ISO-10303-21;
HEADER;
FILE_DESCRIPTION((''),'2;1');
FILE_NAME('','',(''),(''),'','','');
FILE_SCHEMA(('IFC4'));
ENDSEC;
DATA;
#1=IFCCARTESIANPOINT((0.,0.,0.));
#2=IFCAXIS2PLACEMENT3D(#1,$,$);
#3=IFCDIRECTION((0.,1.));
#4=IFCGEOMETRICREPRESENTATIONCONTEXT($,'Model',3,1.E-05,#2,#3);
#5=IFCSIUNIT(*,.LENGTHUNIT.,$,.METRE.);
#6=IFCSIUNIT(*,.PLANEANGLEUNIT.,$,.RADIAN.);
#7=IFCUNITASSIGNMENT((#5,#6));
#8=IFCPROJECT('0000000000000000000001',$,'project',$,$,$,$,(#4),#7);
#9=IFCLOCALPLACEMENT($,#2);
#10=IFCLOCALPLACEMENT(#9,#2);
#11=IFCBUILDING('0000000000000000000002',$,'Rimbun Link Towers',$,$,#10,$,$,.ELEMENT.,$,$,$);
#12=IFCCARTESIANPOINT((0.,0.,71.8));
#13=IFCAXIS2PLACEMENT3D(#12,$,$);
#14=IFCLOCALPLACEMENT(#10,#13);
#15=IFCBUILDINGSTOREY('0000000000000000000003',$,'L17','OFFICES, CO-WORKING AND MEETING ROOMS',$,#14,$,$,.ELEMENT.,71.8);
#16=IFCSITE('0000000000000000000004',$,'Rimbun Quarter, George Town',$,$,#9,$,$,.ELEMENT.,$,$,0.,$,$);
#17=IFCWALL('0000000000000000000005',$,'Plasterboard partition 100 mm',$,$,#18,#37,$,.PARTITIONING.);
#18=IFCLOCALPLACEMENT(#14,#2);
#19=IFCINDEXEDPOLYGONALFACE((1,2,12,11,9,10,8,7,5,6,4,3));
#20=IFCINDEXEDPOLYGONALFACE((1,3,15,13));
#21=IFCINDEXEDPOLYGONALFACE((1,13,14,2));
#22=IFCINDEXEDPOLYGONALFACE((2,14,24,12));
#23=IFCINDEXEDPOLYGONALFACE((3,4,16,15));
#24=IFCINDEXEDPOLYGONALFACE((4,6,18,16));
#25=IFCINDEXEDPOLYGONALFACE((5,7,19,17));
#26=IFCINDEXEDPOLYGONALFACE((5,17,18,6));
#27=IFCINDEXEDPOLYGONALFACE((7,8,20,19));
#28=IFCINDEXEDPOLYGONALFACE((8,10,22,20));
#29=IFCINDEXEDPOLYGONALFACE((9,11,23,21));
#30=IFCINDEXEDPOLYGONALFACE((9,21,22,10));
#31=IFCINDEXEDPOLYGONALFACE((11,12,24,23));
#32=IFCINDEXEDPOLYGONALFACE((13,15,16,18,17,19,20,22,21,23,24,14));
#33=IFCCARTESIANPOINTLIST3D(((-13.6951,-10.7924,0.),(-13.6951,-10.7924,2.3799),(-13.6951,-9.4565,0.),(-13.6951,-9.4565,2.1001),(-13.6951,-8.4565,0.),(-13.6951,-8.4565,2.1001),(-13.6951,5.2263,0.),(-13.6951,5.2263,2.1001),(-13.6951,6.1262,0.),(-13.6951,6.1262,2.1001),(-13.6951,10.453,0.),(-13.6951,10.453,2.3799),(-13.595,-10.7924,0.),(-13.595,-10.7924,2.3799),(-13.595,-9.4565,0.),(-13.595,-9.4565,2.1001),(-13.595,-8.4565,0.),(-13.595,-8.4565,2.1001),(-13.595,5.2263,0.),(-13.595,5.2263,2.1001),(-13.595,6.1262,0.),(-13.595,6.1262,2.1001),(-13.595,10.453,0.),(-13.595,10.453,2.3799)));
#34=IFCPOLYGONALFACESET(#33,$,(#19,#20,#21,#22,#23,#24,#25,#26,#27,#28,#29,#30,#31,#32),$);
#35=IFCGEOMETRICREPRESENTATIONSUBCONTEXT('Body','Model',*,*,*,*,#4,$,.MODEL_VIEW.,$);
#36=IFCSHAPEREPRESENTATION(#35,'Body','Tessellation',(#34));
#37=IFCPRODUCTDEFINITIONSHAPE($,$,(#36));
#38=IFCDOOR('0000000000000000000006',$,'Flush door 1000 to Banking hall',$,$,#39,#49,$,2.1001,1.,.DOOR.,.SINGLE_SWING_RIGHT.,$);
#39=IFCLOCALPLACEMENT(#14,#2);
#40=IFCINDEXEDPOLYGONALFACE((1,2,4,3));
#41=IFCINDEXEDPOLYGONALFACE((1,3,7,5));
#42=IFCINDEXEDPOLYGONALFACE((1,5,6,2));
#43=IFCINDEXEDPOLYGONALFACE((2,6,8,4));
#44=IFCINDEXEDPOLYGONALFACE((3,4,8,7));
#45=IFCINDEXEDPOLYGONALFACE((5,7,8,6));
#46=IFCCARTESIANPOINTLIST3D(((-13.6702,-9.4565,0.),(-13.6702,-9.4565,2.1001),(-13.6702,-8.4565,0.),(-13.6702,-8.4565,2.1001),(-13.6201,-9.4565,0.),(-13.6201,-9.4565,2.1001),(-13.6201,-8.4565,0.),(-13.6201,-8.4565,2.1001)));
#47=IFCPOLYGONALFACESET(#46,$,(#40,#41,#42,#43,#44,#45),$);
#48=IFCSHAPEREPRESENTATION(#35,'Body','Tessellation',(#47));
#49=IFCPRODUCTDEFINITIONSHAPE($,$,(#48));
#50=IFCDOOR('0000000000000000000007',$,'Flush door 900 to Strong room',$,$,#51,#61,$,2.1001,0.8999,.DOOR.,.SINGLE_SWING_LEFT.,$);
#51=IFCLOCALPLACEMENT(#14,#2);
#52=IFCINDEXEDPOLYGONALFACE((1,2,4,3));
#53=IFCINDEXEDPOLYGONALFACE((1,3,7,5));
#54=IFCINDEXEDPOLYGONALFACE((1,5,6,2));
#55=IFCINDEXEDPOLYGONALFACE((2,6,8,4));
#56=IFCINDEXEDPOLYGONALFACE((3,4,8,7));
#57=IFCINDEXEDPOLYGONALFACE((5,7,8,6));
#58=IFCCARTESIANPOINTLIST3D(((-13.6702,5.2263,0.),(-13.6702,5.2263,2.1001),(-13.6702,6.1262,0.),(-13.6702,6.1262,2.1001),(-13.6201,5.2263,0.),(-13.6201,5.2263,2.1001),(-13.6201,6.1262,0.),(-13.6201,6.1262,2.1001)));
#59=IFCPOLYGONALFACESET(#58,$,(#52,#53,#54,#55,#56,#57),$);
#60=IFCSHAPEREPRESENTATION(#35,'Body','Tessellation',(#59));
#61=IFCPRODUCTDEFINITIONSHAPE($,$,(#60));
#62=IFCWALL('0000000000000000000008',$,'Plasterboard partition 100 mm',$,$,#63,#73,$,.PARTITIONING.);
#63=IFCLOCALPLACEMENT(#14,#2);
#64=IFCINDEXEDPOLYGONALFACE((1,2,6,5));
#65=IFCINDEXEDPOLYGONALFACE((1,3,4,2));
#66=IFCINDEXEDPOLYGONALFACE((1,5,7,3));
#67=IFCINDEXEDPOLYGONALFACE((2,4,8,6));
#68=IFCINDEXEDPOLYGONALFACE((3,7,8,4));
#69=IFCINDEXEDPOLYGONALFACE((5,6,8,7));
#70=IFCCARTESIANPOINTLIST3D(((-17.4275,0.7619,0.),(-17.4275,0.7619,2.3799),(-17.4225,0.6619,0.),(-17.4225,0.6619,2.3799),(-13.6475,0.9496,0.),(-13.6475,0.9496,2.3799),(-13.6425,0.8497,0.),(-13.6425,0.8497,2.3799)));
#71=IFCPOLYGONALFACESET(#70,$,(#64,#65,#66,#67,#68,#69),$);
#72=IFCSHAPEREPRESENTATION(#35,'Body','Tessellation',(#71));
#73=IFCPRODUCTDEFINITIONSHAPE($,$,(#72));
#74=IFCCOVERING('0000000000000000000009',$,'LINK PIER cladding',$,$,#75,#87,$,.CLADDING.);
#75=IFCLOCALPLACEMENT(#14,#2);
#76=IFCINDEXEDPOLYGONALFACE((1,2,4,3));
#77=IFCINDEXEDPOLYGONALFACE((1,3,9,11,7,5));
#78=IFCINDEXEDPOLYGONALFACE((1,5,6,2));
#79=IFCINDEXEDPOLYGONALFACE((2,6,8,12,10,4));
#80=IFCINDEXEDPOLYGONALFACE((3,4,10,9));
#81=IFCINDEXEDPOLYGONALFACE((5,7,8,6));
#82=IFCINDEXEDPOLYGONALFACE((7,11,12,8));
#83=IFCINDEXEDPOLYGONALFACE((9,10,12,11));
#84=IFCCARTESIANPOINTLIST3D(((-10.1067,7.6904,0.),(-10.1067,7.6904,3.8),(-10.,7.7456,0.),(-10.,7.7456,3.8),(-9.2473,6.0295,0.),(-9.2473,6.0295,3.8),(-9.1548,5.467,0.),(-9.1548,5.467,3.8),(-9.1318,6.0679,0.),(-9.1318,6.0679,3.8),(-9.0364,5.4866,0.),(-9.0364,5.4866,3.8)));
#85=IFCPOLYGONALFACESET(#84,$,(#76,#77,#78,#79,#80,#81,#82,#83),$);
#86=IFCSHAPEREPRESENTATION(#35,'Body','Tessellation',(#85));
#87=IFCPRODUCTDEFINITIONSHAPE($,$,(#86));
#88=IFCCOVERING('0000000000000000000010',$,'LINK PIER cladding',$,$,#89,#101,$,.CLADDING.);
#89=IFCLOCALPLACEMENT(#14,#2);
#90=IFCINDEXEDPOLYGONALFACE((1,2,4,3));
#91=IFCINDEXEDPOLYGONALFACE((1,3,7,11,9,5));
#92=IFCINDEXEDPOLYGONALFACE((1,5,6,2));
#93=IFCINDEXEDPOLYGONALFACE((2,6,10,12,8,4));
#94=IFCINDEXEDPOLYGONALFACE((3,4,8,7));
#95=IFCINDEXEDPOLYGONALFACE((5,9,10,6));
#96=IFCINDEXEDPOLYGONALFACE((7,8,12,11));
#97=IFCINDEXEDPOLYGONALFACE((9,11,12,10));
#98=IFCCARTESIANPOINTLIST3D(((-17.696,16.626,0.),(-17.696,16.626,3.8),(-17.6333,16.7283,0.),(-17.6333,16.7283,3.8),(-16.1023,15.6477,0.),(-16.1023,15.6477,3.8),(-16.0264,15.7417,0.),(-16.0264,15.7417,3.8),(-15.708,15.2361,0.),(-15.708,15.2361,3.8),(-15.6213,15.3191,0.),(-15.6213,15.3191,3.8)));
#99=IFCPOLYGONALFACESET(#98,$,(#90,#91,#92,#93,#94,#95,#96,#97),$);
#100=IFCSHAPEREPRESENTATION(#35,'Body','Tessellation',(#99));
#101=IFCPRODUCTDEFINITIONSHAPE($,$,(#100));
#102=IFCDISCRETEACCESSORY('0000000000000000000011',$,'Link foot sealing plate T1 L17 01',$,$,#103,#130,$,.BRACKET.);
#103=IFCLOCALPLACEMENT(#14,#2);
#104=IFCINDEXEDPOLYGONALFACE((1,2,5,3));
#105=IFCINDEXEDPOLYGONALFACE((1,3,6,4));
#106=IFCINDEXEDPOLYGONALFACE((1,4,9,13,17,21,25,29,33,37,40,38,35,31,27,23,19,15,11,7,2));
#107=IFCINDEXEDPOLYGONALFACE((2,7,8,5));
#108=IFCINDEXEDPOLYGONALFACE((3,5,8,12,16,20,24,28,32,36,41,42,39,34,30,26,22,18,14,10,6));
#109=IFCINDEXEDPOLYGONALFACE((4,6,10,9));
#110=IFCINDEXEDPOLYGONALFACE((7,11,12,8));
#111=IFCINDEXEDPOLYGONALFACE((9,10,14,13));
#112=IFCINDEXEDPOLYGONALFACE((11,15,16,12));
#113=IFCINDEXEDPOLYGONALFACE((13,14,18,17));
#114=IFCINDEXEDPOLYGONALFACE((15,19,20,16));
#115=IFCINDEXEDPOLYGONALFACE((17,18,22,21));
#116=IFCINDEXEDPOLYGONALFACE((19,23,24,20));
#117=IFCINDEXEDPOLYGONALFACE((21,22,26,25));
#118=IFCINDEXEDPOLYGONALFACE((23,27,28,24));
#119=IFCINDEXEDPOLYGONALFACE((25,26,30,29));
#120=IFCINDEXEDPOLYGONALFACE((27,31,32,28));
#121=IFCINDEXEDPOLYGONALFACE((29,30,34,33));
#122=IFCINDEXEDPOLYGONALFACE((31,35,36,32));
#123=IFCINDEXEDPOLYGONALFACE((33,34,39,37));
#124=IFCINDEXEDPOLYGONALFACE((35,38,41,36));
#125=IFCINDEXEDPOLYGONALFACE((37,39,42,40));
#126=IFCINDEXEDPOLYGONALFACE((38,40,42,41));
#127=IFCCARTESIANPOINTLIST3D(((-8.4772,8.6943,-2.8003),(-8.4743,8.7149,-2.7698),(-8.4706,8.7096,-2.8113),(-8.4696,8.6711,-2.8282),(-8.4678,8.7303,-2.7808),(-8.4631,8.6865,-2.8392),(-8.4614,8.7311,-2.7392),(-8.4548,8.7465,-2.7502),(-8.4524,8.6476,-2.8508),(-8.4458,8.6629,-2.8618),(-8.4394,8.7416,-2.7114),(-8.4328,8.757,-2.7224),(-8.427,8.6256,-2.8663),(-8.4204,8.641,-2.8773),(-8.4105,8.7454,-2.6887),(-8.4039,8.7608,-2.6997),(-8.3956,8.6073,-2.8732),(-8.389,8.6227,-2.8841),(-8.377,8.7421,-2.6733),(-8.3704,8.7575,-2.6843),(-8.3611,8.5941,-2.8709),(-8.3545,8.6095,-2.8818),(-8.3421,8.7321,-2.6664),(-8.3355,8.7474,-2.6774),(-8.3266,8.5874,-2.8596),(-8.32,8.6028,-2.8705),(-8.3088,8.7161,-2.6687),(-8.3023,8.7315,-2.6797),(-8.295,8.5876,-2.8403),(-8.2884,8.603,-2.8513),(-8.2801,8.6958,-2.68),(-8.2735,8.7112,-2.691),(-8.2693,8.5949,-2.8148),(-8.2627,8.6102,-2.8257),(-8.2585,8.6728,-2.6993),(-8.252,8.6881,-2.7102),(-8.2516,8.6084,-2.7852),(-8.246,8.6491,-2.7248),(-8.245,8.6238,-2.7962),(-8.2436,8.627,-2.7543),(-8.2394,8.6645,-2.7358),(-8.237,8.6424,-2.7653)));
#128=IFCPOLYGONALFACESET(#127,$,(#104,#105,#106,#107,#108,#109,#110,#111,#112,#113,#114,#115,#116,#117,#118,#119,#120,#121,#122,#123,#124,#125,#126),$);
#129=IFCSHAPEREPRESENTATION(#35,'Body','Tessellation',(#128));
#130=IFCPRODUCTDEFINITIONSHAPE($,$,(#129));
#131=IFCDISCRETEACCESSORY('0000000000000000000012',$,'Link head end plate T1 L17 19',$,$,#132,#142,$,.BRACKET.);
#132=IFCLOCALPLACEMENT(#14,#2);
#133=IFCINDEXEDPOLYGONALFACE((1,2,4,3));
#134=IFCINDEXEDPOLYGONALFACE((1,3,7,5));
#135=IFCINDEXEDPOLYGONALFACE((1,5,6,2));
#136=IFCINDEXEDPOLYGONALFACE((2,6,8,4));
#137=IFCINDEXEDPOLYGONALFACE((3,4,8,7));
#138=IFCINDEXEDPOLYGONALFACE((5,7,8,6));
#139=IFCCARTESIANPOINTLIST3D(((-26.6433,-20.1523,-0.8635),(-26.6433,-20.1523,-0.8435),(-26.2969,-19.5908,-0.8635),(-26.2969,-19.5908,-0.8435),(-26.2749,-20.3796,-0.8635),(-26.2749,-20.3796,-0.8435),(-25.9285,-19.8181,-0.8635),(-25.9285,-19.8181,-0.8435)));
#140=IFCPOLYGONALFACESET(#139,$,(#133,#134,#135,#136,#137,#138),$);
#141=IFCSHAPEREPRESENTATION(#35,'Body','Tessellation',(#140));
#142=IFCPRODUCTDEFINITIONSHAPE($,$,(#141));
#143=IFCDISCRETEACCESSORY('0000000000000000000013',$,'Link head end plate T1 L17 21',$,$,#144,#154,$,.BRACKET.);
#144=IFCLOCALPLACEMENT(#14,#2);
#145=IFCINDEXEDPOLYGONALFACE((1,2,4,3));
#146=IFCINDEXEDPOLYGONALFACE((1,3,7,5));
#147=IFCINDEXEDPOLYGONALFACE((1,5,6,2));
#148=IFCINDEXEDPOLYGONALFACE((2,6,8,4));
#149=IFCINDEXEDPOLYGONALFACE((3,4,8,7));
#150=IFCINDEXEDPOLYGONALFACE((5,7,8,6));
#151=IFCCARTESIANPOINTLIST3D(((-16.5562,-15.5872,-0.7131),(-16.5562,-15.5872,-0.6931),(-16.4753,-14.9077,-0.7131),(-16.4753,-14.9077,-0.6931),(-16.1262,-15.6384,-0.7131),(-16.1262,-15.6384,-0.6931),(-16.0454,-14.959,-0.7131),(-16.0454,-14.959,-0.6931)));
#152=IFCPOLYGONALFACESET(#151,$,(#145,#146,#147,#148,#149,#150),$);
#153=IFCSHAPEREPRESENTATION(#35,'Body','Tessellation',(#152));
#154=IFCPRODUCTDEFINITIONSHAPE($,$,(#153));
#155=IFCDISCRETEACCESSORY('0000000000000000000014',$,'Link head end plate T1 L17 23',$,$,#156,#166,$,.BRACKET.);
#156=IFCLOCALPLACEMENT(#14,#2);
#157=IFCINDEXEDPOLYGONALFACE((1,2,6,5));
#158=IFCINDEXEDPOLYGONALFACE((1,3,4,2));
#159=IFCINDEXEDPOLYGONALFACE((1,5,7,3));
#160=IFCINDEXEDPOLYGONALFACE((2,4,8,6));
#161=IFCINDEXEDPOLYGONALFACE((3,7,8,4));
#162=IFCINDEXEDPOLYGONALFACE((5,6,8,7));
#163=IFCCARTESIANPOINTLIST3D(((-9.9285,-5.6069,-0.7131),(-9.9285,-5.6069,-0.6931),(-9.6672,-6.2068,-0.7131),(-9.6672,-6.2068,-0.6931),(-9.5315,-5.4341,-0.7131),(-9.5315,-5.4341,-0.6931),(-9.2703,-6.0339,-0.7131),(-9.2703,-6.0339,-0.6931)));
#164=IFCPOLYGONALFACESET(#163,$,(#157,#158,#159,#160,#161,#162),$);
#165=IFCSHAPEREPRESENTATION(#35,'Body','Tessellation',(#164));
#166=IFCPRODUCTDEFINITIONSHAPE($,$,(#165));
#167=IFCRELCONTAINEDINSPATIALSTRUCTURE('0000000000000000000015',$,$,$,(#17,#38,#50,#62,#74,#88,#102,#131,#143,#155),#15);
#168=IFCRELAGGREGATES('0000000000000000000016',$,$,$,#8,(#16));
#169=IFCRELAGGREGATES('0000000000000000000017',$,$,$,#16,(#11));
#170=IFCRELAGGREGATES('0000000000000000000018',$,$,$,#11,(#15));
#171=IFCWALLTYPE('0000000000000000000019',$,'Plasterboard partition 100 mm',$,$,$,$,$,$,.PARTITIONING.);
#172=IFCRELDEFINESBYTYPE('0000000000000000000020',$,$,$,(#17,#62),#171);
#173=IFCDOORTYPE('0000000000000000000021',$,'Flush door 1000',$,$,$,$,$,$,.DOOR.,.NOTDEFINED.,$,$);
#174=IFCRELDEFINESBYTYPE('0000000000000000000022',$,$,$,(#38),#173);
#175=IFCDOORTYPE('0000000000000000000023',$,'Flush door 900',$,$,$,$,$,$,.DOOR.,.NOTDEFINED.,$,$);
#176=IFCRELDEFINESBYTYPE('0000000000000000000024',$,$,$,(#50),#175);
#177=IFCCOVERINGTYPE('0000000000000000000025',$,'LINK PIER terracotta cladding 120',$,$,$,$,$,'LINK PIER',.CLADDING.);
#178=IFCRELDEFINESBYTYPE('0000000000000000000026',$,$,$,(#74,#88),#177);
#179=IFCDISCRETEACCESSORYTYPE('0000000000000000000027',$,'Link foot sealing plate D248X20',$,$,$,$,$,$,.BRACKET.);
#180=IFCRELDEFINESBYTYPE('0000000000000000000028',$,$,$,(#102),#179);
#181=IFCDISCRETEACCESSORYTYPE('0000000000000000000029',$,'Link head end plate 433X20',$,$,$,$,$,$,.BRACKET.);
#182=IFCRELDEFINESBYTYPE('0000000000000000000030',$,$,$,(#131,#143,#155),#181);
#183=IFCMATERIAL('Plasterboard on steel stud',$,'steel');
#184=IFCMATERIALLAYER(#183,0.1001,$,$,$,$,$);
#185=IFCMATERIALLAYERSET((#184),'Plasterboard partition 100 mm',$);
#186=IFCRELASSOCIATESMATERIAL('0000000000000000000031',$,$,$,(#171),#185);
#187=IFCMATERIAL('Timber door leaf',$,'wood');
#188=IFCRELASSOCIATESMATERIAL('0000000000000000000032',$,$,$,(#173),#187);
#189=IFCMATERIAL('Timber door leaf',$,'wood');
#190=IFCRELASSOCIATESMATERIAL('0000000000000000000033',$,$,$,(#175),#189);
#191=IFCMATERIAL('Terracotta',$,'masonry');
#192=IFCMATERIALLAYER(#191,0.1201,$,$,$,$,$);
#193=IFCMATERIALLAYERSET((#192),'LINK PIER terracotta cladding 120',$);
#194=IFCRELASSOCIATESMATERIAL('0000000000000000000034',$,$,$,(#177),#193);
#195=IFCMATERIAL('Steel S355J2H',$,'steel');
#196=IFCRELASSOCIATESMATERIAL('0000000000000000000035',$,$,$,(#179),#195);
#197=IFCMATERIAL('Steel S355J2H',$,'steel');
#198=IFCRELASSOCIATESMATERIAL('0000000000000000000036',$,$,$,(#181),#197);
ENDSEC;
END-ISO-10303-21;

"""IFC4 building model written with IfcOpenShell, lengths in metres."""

from ifc_helpers import new_model, si_unit, direction, frame, frame_2d, origin, origin_2d, place, context, subcontext, project, spatial, polyline, rectangle, circle, outline, extrude, material, layer, layer_set, material_profile, profile_set, type_object, element, fill, save


model = new_model("IFC4")

# Units and contexts
model_context = context("Model", 3, precision=1e-05, world=origin(), true_north=direction((0.0, 1.0)))
body_context = subcontext(model_context, "Body", "Model", "MODEL_VIEW")
ifc_project = project(units=[si_unit("LENGTHUNIT", "METRE"), si_unit("PLANEANGLEUNIT", "RADIAN")], contexts=[model_context])

# Site, building, storey
site_placement = place(None, origin())
site = spatial("IfcSite", under=ifc_project, at=site_placement, Name="Rimbun Quarter, George Town", CompositionType="ELEMENT", RefElevation=0.0)
building_placement = place(site_placement, origin())
building = spatial("IfcBuilding", under=site, at=building_placement, Name="Rimbun Link Towers", CompositionType="ELEMENT")
storey_placement = place(building_placement, frame((0.0, 0.0, 71.8)))
storey = spatial("IfcBuildingStorey", under=building, at=storey_placement, Name="L17", Description="OFFICES, CO-WORKING AND MEETING ROOMS", CompositionType="ELEMENT", Elevation=71.8)

# Wall, openings, doors
ifc_material_1 = material(Name="Plasterboard on steel stud", Category="steel")
ifc_layer_1 = layer(ifc_material_1, 0.1001)
ifc_layer_set_1 = layer_set([ifc_layer_1], Name="Plasterboard partition 100 mm")
wall_type = type_object("IfcWallType", Name="Plasterboard partition 100 mm", PredefinedType="PARTITIONING", material=ifc_layer_set_1)
wall_1_placement = place(storey_placement, frame((-13.645, 10.4529, 0.0), z_axis=(0.0, 0.0, 1.0), x_axis=(0.0, -1.0, 0.0)))
wall_1 = element("IfcWall", 1, at=wall_1_placement, inside=storey, type_object=wall_type, Name="Plasterboard partition 100 mm", PredefinedType="PARTITIONING", context=body_context, shape_type="SweptSolid", body=[
    extrude(rectangle(XDim=21.2454, YDim=0.1001, at=frame_2d((10.6226, 0.0))), origin(), (0.0, 0.0, 1.0), 2.3799),
])
opening_1_placement = place(wall_1_placement, frame((18.9094, 0.0, 0.0)))
opening_1 = element("IfcOpeningElement", 2, at=opening_1_placement, cuts=wall_1, PredefinedType="OPENING", context=body_context, shape_type="SweptSolid", body=[
    extrude(rectangle(XDim=1.0, YDim=2.1001, at=frame_2d((0.5, 1.05))), frame((0.0, 0.0601, 0.0), z_axis=(0.0, -1.0, 0.0), x_axis=(1.0, 0.0, 0.0)), (0.0, 0.0, 1.0), 0.1201),
])
opening_2_placement = place(wall_1_placement, frame((4.3267, 0.0, 0.0)))
opening_2 = element("IfcOpeningElement", 3, at=opening_2_placement, cuts=wall_1, PredefinedType="OPENING", context=body_context, shape_type="SweptSolid", body=[
    extrude(rectangle(XDim=0.8999, YDim=2.1001, at=frame_2d((0.45, 1.05))), frame((0.0, 0.0601, 0.0), z_axis=(0.0, -1.0, 0.0), x_axis=(1.0, 0.0, 0.0)), (0.0, 0.0, 1.0), 0.1201),
])
ifc_material_2 = material(Name="Timber door leaf", Category="wood")
door_type_1 = type_object("IfcDoorType", Name="Flush door 1000", OperationType="NOTDEFINED", PredefinedType="DOOR", material=ifc_material_2)
door_1_placement = place(opening_1_placement, origin())
door_1 = element("IfcDoor", 4, at=door_1_placement, inside=storey, type_object=door_type_1, Name="Flush door 1000 to Banking hall", OperationType="SINGLE_SWING_RIGHT", OverallHeight=2.1001, OverallWidth=1.0, PredefinedType="DOOR", context=body_context, shape_type="SweptSolid", body=[
    extrude(rectangle(XDim=1.0, YDim=2.1001, at=frame_2d((0.5, 1.05))), frame((0.0, 0.0249, 0.0), z_axis=(0.0, -1.0, 0.0), x_axis=(1.0, 0.0, 0.0)), (0.0, 0.0, 1.0), 0.05),
])
fill(opening_1, door_1)
ifc_material_3 = material(Name="Timber door leaf", Category="wood")
door_type_2 = type_object("IfcDoorType", Name="Flush door 900", OperationType="NOTDEFINED", PredefinedType="DOOR", material=ifc_material_3)
door_2_placement = place(opening_2_placement, origin())
door_2 = element("IfcDoor", 5, at=door_2_placement, inside=storey, type_object=door_type_2, Name="Flush door 900 to Strong room", OperationType="SINGLE_SWING_LEFT", OverallHeight=2.1001, OverallWidth=0.8999, PredefinedType="DOOR", context=body_context, shape_type="SweptSolid", body=[
    extrude(rectangle(XDim=0.8999, YDim=2.1001, at=frame_2d((0.45, 1.05))), frame((0.0, 0.0249, 0.0), z_axis=(0.0, -1.0, 0.0), x_axis=(1.0, 0.0, 0.0)), (0.0, 0.0, 1.0), 0.05),
])
fill(opening_2, door_2)

# Wall
wall_2_placement = place(storey_placement, frame((-13.645, 0.8997, 0.0), z_axis=(0.0, 0.0, 1.0), x_axis=(-0.998769, -0.049606, 0.0)))
element("IfcWall", 6, at=wall_2_placement, inside=storey, type_object=wall_type, Name="Plasterboard partition 100 mm", PredefinedType="PARTITIONING", context=body_context, shape_type="SweptSolid", body=[
    extrude(rectangle(XDim=3.7847, YDim=0.1001, at=frame_2d((1.8923, 0.0))), origin(), (0.0, 0.0, 1.0), 2.3799),
])

# Coverings
ifc_material_4 = material(Name="Terracotta", Category="masonry")
ifc_layer_2 = layer(ifc_material_4, 0.1201)
ifc_layer_set_2 = layer_set([ifc_layer_2], Name="LINK PIER terracotta cladding 120")
covering_type_1 = type_object("IfcCoveringType", Name="LINK PIER terracotta cladding 120", ElementType="LINK PIER", PredefinedType="CLADDING", material=ifc_layer_set_2)
covering_1_placement = place(storey_placement, origin())
element("IfcCovering", 7, at=covering_1_placement, inside=storey, type_object=covering_type_1, Name="LINK PIER cladding", PredefinedType="CLADDING", context=body_context, shape_type="SweptSolid", body=[
    extrude(outline(polyline([(-10.1067, 7.6904), (-9.2473, 6.0295), (-9.1548, 5.467), (-9.0364, 5.4866), (-9.1318, 6.0679), (-10.0, 7.7456), (-10.1067, 7.6904)])), origin(), (0.0, 0.0, 1.0), 3.8),
])
covering_2_placement = place(storey_placement, origin())
element("IfcCovering", 8, at=covering_2_placement, inside=storey, type_object=covering_type_1, Name="LINK PIER cladding", PredefinedType="CLADDING", context=body_context, shape_type="SweptSolid", body=[
    extrude(outline(polyline([(-17.696, 16.626), (-16.1023, 15.6477), (-15.708, 15.2361), (-15.6213, 15.3191), (-16.0264, 15.7417), (-17.6333, 16.7283), (-17.696, 16.626)])), origin(), (0.0, 0.0, 1.0), 3.8),
])

# Discrete accessories
ifc_material_5 = material(Name="Steel S355J2H", Category="steel")
ifc_material_profile_1 = material_profile(ifc_material_5, circle(Radius=0.124, at=origin_2d()), Name="PL D248")
ifc_profile_set_1 = profile_set([ifc_material_profile_1], Name="Steel S355J2H")
discrete_accessory_type_1 = type_object("IfcDiscreteAccessoryType", Name="Link foot sealing plate D248X20", PredefinedType="BRACKET", material=ifc_profile_set_1)
discrete_accessory_1_placement = place(storey_placement, frame((-8.3604, 8.666, -2.7698), z_axis=(0.329293, 0.76835, -0.548821), x_axis=(-0.919145, 0.393919, 0.0)))
element("IfcDiscreteAccessory", 9, at=discrete_accessory_1_placement, inside=storey, type_object=discrete_accessory_type_1, Name="Link foot sealing plate T1 L17 01", PredefinedType="BRACKET", context=body_context, shape_type="SweptSolid", body=[
    extrude(circle(Radius=0.124, at=origin_2d()), origin(), (0.0, 0.0, 1.0), 0.02),
])
ifc_material_6 = material(Name="Steel S355J2H", Category="steel")
ifc_material_profile_2 = material_profile(ifc_material_6, rectangle(XDim=0.4331, YDim=0.4331, at=origin_2d()), Name="PL 433x433")
ifc_profile_set_2 = profile_set([ifc_material_profile_2], Name="Steel S355J2H")
discrete_accessory_type_2 = type_object("IfcDiscreteAccessoryType", Name="Link head end plate 433X20", PredefinedType="BRACKET", material=ifc_profile_set_2)
discrete_accessory_2_placement = place(storey_placement, frame((0.0, 0.0, -0.8635)))
element("IfcDiscreteAccessory", 10, at=discrete_accessory_2_placement, inside=storey, type_object=discrete_accessory_type_2, Name="Link head end plate T1 L17 19", PredefinedType="BRACKET", context=body_context, shape_type="SweptSolid", body=[
    extrude(outline(polyline([(-26.2969, -19.5908), (-26.6433, -20.1523), (-26.2749, -20.3796), (-25.9285, -19.8181), (-26.2969, -19.5908)])), origin(), (0.0, 0.0, 1.0), 0.02),
])
discrete_accessory_3_placement = place(storey_placement, frame((0.0, 0.0, -0.7131)))
element("IfcDiscreteAccessory", 11, at=discrete_accessory_3_placement, inside=storey, type_object=discrete_accessory_type_2, Name="Link head end plate T1 L17 21", PredefinedType="BRACKET", context=body_context, shape_type="SweptSolid", body=[
    extrude(outline(polyline([(-16.4753, -14.9077), (-16.5562, -15.5872), (-16.1262, -15.6384), (-16.0454, -14.959), (-16.4753, -14.9077)])), origin(), (0.0, 0.0, 1.0), 0.02),
])
discrete_accessory_4_placement = place(storey_placement, frame((0.0, 0.0, -0.7131)))
element("IfcDiscreteAccessory", 12, at=discrete_accessory_4_placement, inside=storey, type_object=discrete_accessory_type_2, Name="Link head end plate T1 L17 23", PredefinedType="BRACKET", context=body_context, shape_type="SweptSolid", body=[
    extrude(outline(polyline([(-9.9285, -5.6069), (-9.6672, -6.2068), (-9.2703, -6.0339), (-9.5315, -5.4341), (-9.9285, -5.6069)])), origin(), (0.0, 0.0, 1.0), 0.02),
])

save(model, "model.ifc")
